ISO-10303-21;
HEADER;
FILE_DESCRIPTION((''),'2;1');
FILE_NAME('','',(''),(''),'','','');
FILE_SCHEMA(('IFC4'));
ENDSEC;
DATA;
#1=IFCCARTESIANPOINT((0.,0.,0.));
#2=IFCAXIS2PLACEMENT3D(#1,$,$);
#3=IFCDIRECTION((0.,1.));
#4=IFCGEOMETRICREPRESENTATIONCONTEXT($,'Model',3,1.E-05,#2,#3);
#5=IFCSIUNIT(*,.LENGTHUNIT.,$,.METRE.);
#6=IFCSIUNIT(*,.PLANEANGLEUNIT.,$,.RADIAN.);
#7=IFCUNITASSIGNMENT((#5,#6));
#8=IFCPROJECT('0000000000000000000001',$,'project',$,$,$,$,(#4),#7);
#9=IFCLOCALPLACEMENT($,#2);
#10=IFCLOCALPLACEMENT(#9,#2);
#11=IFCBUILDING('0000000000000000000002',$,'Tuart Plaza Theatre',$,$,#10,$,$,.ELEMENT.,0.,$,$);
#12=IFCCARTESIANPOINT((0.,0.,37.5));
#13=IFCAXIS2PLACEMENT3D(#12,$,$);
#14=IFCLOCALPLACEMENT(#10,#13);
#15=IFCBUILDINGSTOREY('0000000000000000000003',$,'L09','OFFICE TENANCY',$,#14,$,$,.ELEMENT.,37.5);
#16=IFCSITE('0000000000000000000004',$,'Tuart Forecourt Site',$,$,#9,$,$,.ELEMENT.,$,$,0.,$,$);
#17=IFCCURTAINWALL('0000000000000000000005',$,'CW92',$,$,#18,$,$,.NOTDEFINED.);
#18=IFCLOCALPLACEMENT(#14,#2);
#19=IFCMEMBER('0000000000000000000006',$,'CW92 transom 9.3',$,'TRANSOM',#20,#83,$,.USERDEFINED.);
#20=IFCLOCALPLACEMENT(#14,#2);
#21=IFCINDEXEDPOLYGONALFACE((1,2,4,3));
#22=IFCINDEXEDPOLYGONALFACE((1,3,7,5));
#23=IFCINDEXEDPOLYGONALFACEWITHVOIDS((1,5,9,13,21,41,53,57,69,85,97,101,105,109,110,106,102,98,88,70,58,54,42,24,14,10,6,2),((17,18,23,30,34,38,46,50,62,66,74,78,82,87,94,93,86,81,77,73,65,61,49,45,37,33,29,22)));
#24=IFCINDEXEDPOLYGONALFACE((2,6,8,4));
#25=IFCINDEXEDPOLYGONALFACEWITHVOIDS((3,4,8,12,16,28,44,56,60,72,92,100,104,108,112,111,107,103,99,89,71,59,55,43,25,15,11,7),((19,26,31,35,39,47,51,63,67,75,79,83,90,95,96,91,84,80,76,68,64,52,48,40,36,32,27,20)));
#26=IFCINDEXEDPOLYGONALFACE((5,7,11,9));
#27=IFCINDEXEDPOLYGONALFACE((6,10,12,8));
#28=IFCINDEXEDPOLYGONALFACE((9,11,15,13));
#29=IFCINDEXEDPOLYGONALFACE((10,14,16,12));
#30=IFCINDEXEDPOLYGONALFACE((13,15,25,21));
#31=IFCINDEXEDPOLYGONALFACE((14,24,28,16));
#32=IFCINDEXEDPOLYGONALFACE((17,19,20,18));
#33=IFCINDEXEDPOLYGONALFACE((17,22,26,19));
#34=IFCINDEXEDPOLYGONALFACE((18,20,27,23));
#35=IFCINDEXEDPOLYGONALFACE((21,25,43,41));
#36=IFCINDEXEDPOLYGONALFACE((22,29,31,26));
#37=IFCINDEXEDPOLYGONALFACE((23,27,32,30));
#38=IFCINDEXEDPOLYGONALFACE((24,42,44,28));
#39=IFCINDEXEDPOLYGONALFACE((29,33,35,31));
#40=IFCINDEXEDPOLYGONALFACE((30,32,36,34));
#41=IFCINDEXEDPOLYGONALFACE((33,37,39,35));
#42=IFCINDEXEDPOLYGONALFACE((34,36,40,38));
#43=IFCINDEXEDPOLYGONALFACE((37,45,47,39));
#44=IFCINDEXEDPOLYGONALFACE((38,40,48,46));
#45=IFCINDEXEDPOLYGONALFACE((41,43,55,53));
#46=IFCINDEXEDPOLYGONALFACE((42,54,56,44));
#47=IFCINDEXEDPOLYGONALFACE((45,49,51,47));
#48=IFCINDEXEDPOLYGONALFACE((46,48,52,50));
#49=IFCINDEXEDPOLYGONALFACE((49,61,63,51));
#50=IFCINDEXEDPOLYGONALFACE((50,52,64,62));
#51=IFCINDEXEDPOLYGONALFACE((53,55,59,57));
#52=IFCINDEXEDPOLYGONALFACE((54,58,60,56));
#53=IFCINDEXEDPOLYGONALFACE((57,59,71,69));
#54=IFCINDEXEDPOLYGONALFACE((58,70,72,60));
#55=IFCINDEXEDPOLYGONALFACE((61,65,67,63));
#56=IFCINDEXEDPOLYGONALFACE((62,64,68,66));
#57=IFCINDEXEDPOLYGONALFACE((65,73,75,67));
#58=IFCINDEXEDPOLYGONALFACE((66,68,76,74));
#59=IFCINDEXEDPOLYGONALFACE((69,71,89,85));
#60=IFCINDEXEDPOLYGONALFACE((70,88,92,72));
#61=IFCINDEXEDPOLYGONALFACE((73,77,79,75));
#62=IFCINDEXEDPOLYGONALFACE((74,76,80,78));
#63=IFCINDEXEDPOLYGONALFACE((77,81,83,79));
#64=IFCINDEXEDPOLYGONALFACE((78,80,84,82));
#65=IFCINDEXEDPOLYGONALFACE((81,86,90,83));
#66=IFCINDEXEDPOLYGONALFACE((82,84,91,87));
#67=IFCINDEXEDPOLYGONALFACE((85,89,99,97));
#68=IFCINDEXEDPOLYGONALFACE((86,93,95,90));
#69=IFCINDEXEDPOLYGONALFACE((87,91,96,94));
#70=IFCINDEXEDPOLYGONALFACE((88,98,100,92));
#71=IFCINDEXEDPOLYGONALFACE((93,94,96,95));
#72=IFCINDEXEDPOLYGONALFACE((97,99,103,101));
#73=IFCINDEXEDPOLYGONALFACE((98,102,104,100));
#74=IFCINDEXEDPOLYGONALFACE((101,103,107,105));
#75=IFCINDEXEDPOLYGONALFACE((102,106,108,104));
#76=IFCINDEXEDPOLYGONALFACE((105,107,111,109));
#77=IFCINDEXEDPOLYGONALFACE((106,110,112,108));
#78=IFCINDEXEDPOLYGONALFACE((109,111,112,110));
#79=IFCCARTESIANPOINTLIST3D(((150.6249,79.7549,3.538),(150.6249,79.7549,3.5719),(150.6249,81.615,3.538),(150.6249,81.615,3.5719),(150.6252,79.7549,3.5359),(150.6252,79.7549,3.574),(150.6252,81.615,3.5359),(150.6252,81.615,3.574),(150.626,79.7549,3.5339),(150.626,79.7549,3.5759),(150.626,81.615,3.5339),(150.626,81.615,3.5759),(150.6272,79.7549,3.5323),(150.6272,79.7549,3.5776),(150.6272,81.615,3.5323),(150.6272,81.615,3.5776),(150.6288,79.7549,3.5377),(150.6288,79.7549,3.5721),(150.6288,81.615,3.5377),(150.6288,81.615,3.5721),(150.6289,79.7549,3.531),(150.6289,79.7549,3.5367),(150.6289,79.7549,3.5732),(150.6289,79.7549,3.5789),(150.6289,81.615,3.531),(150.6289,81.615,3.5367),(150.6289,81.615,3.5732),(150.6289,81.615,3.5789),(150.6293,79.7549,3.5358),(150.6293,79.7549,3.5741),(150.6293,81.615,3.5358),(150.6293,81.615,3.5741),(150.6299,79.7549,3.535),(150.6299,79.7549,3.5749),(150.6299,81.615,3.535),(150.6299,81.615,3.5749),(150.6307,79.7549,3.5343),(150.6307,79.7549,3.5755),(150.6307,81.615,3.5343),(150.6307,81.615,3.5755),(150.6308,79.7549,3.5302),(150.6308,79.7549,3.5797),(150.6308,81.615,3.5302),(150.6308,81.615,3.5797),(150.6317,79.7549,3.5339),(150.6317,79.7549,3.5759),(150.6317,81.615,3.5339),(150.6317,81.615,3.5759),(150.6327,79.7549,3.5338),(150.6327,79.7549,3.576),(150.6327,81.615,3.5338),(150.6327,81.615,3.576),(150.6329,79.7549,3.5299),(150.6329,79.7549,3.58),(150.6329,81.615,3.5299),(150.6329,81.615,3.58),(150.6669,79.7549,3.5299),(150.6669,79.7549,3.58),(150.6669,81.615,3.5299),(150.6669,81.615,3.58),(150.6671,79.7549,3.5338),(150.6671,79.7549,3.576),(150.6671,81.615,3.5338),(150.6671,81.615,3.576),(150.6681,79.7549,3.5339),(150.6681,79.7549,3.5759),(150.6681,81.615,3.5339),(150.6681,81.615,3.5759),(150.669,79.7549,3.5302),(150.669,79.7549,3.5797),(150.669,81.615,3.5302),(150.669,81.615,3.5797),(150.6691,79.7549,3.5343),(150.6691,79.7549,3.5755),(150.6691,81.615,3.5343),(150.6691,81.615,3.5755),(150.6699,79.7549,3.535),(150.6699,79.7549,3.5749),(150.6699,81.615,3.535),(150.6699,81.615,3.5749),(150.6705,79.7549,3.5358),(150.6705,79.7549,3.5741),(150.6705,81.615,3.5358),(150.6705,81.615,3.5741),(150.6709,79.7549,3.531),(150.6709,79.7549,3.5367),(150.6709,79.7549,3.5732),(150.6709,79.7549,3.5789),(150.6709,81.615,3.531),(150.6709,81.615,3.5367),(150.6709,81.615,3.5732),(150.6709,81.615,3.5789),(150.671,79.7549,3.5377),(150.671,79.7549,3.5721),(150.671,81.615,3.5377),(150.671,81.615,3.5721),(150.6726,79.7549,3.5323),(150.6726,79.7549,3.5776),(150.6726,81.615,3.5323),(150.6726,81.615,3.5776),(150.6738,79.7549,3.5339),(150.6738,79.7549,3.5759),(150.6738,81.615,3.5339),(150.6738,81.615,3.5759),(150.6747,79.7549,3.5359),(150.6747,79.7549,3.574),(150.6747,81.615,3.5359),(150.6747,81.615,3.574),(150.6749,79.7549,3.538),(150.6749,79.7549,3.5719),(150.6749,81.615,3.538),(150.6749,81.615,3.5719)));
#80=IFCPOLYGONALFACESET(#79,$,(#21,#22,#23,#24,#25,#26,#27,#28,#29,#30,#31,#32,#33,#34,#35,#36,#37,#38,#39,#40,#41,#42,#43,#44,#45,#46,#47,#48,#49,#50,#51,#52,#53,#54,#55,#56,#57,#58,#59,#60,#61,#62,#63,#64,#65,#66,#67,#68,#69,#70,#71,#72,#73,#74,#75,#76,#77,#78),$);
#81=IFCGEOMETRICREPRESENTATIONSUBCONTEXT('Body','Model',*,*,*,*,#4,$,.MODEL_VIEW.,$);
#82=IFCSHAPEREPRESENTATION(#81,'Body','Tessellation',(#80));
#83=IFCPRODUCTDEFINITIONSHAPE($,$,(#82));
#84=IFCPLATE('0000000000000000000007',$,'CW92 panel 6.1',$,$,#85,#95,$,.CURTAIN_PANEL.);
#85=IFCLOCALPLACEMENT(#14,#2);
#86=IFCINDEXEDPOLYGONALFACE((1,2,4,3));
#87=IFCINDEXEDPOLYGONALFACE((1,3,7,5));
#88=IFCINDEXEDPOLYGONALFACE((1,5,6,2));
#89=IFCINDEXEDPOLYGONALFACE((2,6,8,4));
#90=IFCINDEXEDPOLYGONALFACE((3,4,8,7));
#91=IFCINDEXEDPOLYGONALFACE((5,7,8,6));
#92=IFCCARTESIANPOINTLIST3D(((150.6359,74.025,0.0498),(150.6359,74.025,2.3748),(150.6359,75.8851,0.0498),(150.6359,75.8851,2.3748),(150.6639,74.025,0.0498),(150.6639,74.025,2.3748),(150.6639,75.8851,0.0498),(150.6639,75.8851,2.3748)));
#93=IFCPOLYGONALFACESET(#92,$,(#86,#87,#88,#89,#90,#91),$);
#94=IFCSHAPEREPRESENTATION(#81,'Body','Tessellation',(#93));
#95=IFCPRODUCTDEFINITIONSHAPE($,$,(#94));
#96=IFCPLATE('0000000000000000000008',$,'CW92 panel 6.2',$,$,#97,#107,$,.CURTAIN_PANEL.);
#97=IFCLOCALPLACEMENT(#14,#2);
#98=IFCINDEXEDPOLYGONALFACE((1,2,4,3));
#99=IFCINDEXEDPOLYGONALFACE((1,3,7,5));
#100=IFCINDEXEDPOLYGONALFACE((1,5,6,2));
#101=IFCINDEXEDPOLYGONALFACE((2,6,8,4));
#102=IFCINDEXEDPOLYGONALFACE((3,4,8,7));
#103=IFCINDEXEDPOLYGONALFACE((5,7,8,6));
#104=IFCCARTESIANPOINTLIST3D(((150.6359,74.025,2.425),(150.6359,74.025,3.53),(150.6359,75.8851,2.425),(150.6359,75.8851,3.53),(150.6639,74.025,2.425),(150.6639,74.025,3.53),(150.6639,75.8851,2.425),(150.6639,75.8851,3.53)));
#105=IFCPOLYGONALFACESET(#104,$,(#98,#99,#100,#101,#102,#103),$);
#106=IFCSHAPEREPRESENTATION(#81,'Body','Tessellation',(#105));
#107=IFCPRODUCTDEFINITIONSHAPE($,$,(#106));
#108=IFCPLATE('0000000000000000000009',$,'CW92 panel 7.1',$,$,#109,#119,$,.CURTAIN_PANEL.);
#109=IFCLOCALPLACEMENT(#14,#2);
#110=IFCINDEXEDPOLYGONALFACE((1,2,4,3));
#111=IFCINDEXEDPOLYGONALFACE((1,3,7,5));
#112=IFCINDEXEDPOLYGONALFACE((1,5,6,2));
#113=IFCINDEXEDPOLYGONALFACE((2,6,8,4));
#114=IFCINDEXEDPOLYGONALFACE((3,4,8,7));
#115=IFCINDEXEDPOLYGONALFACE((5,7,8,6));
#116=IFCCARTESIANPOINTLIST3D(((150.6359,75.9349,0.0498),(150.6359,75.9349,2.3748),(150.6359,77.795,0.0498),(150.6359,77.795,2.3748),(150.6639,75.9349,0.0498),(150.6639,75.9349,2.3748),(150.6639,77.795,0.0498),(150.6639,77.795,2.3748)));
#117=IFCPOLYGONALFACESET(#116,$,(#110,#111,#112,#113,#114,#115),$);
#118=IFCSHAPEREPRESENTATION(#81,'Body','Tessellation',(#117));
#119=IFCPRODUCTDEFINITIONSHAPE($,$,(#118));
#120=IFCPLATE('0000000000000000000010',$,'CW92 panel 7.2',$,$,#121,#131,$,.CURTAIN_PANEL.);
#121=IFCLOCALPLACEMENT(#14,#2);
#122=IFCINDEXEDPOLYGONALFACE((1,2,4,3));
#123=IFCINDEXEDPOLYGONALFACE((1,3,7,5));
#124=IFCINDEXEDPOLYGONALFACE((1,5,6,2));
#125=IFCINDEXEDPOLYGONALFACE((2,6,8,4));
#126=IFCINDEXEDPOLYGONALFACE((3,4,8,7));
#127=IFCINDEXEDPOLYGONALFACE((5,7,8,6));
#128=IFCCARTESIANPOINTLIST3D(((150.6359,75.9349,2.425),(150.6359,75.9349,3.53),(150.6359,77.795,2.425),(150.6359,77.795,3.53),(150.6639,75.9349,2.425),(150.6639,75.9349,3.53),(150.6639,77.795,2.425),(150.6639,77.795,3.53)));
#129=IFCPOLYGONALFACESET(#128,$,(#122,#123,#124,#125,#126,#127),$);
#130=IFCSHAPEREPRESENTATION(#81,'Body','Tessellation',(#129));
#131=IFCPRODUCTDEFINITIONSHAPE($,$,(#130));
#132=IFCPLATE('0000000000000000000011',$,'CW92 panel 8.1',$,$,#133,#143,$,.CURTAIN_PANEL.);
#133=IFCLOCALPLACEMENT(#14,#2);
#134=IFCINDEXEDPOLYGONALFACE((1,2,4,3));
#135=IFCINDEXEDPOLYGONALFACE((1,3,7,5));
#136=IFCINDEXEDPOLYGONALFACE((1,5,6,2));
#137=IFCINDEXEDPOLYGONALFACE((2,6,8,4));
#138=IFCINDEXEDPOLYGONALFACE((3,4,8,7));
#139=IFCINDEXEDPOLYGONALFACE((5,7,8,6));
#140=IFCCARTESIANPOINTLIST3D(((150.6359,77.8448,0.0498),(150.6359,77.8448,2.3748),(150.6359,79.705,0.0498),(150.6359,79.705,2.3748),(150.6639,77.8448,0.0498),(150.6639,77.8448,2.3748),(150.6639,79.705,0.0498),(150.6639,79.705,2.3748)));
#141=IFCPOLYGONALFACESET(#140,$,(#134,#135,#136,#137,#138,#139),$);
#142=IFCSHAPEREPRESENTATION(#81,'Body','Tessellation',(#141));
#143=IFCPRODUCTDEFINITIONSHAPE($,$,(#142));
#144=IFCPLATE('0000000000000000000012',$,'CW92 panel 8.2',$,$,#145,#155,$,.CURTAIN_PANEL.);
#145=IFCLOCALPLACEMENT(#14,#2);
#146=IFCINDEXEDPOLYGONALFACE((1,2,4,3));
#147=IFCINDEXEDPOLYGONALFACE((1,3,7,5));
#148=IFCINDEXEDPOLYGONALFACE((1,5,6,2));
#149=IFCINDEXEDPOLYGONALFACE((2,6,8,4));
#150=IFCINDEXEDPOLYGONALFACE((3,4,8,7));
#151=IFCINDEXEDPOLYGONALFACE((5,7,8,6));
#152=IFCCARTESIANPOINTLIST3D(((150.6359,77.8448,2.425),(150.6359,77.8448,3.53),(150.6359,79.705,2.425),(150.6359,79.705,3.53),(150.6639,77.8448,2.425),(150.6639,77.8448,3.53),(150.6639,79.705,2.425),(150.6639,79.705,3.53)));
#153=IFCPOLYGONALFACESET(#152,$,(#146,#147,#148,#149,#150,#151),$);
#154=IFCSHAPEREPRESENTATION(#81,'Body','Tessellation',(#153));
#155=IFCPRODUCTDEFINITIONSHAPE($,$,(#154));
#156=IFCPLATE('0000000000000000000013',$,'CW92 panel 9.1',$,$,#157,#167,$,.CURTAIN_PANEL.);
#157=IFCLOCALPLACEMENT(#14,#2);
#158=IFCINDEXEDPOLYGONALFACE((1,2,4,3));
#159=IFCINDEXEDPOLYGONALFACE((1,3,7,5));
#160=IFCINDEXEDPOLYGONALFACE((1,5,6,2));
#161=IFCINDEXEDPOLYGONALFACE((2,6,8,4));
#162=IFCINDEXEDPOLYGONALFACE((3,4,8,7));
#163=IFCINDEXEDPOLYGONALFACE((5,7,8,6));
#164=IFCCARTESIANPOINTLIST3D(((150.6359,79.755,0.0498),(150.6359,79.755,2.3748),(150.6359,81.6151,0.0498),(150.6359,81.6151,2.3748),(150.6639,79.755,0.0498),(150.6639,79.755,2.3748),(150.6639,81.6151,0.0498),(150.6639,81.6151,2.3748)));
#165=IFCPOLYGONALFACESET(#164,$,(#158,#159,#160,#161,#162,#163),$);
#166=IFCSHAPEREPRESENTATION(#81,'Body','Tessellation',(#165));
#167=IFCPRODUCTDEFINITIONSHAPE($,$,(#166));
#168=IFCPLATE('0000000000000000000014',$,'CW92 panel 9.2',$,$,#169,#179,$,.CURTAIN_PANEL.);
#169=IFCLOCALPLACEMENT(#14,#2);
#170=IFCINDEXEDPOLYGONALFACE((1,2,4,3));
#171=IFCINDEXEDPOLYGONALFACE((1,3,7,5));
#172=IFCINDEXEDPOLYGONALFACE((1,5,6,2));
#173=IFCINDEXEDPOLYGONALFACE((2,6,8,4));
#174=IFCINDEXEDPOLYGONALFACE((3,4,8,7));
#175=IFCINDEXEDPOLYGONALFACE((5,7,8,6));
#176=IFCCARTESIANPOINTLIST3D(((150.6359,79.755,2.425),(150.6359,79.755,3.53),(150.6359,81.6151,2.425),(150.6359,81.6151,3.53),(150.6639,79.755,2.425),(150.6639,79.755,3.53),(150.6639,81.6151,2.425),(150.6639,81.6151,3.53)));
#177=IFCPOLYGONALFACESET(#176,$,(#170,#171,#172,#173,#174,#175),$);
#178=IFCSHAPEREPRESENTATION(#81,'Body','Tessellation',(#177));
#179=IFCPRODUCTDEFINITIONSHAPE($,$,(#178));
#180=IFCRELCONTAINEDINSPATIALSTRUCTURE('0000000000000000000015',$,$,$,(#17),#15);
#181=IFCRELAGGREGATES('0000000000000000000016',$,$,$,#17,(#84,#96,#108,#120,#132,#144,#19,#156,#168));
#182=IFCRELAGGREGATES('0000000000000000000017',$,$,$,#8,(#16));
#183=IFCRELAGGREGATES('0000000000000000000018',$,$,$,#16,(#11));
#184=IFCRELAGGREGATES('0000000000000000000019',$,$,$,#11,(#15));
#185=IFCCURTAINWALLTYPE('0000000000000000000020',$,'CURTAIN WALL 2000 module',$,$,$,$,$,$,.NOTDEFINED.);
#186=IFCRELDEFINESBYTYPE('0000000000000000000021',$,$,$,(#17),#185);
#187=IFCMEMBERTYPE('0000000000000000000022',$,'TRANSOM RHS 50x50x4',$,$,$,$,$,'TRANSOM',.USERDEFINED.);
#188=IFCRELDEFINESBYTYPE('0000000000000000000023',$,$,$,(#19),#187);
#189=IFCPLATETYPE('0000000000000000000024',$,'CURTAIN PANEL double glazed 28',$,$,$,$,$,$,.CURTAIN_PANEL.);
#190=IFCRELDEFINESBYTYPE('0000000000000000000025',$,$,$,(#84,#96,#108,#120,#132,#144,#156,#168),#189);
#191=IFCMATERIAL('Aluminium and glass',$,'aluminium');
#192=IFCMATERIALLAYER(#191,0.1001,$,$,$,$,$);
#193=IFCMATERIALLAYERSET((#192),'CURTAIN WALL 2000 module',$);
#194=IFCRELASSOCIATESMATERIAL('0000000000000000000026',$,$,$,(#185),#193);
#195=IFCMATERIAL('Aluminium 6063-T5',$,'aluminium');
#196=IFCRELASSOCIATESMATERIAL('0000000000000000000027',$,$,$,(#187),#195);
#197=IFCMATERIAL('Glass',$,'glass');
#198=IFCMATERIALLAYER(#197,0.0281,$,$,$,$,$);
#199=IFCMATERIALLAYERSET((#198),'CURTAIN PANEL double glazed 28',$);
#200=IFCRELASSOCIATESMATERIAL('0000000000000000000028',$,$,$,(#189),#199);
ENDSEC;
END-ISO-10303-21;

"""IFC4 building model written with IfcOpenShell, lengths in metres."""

from ifc_helpers import new_model, si_unit, direction, frame, origin, origin_2d, place, context, subcontext, project, spatial, rectangle, hollow_rectangle, extrude, material, layer, layer_set, material_profile, profile_set, type_object, element, aggregate, save


model = new_model("IFC4")

# Units and contexts
model_context = context("Model", 3, precision=1e-05, world=origin(), true_north=direction((0.0, 1.0)))
body_context = subcontext(model_context, "Body", "Model", "MODEL_VIEW")
ifc_project = project(units=[si_unit("LENGTHUNIT", "METRE"), si_unit("PLANEANGLEUNIT", "RADIAN")], contexts=[model_context])

# Site, building, storey
site_placement = place(None, origin())
site = spatial("IfcSite", under=ifc_project, at=site_placement, Name="Tuart Forecourt Site", CompositionType="ELEMENT", RefElevation=0.0)
building_placement = place(site_placement, origin())
building = spatial("IfcBuilding", under=site, at=building_placement, Name="Tuart Plaza Theatre", CompositionType="ELEMENT", ElevationOfRefHeight=0.0)
storey_placement = place(building_placement, frame((0.0, 0.0, 37.5)))
storey = spatial("IfcBuildingStorey", under=building, at=storey_placement, Name="L09", Description="OFFICE TENANCY", CompositionType="ELEMENT", Elevation=37.5)

# Curtain wall, member, plates
ifc_material_1 = material(Name="Aluminium and glass", Category="aluminium")
ifc_layer_1 = layer(ifc_material_1, 0.1001)
ifc_layer_set_1 = layer_set([ifc_layer_1], Name="CURTAIN WALL 2000 module")
curtain_wall_type = type_object("IfcCurtainWallType", Name="CURTAIN WALL 2000 module", PredefinedType="NOTDEFINED", material=ifc_layer_set_1)
curtain_wall_placement = place(storey_placement, origin())
curtain_wall = element("IfcCurtainWall", 1, at=curtain_wall_placement, inside=storey, type_object=curtain_wall_type, Name="CW92", PredefinedType="NOTDEFINED")
ifc_material_2 = material(Name="Aluminium 6063-T5", Category="aluminium")
ifc_material_profile_1 = material_profile(ifc_material_2, hollow_rectangle(XDim=0.05, YDim=0.05, WallThickness=0.0039, InnerFilletRadius=0.0039, OuterFilletRadius=0.0081, at=origin_2d()), Name="RHS 50x50x4")
ifc_profile_set_1 = profile_set([ifc_material_profile_1], Name="Aluminium 6063-T5")
member_type_1 = type_object("IfcMemberType", Name="TRANSOM RHS 50x50x4", ElementType="TRANSOM", PredefinedType="USERDEFINED", material=ifc_profile_set_1)
member_1_placement = place(storey_placement, frame((150.6499, 79.7549, 3.5549), z_axis=(0.0, 1.0, 0.0), x_axis=(-1.0, 0.0, 0.0)))
member_1 = element("IfcMember", 2, at=member_1_placement, type_object=member_type_1, Name="CW92 transom 9.3", ObjectType="TRANSOM", PredefinedType="USERDEFINED", context=body_context, shape_type="SweptSolid", body=[
    extrude(hollow_rectangle(XDim=0.05, YDim=0.05, WallThickness=0.0039, InnerFilletRadius=0.0039, OuterFilletRadius=0.0081, at=origin_2d()), origin(), (0.0, 0.0, 1.0), 1.8601),
])
ifc_material_3 = material(Name="Glass", Category="glass")
ifc_layer_2 = layer(ifc_material_3, 0.0281)
ifc_layer_set_2 = layer_set([ifc_layer_2], Name="CURTAIN PANEL double glazed 28")
plate_type = type_object("IfcPlateType", Name="CURTAIN PANEL double glazed 28", PredefinedType="CURTAIN_PANEL", material=ifc_layer_set_2)
plate_1_placement = place(storey_placement, frame((150.6499, 74.9551, 0.0498), z_axis=(0.0, 0.0, 1.0), x_axis=(0.0, 1.0, 0.0)))
plate_1 = element("IfcPlate", 3, at=plate_1_placement, type_object=plate_type, Name="CW92 panel 6.1", PredefinedType="CURTAIN_PANEL", context=body_context, shape_type="SweptSolid", body=[
    extrude(rectangle(XDim=1.8601, YDim=0.0281, at=origin_2d()), origin(), (0.0, 0.0, 1.0), 2.325),
])
plate_2_placement = place(storey_placement, frame((150.6499, 74.9551, 2.425), z_axis=(0.0, 0.0, 1.0), x_axis=(0.0, 1.0, 0.0)))
plate_2 = element("IfcPlate", 4, at=plate_2_placement, type_object=plate_type, Name="CW92 panel 6.2", PredefinedType="CURTAIN_PANEL", context=body_context, shape_type="SweptSolid", body=[
    extrude(rectangle(XDim=1.8601, YDim=0.0281, at=origin_2d()), origin(), (0.0, 0.0, 1.0), 1.105),
])
plate_3_placement = place(storey_placement, frame((150.6499, 76.865, 0.0498), z_axis=(0.0, 0.0, 1.0), x_axis=(0.0, 1.0, 0.0)))
plate_3 = element("IfcPlate", 5, at=plate_3_placement, type_object=plate_type, Name="CW92 panel 7.1", PredefinedType="CURTAIN_PANEL", context=body_context, shape_type="SweptSolid", body=[
    extrude(rectangle(XDim=1.8601, YDim=0.0281, at=origin_2d()), origin(), (0.0, 0.0, 1.0), 2.325),
])
plate_4_placement = place(storey_placement, frame((150.6499, 76.865, 2.425), z_axis=(0.0, 0.0, 1.0), x_axis=(0.0, 1.0, 0.0)))
plate_4 = element("IfcPlate", 6, at=plate_4_placement, type_object=plate_type, Name="CW92 panel 7.2", PredefinedType="CURTAIN_PANEL", context=body_context, shape_type="SweptSolid", body=[
    extrude(rectangle(XDim=1.8601, YDim=0.0281, at=origin_2d()), origin(), (0.0, 0.0, 1.0), 1.105),
])
plate_5_placement = place(storey_placement, frame((150.6499, 78.7749, 0.0498), z_axis=(0.0, 0.0, 1.0), x_axis=(0.0, 1.0, 0.0)))
plate_5 = element("IfcPlate", 7, at=plate_5_placement, type_object=plate_type, Name="CW92 panel 8.1", PredefinedType="CURTAIN_PANEL", context=body_context, shape_type="SweptSolid", body=[
    extrude(rectangle(XDim=1.8601, YDim=0.0281, at=origin_2d()), origin(), (0.0, 0.0, 1.0), 2.325),
])
plate_6_placement = place(storey_placement, frame((150.6499, 78.7749, 2.425), z_axis=(0.0, 0.0, 1.0), x_axis=(0.0, 1.0, 0.0)))
plate_6 = element("IfcPlate", 8, at=plate_6_placement, type_object=plate_type, Name="CW92 panel 8.2", PredefinedType="CURTAIN_PANEL", context=body_context, shape_type="SweptSolid", body=[
    extrude(rectangle(XDim=1.8601, YDim=0.0281, at=origin_2d()), origin(), (0.0, 0.0, 1.0), 1.105),
])
plate_7_placement = place(storey_placement, frame((150.6499, 80.6851, 0.0498), z_axis=(0.0, 0.0, 1.0), x_axis=(0.0, 1.0, 0.0)))
plate_7 = element("IfcPlate", 9, at=plate_7_placement, type_object=plate_type, Name="CW92 panel 9.1", PredefinedType="CURTAIN_PANEL", context=body_context, shape_type="SweptSolid", body=[
    extrude(rectangle(XDim=1.8601, YDim=0.0281, at=origin_2d()), origin(), (0.0, 0.0, 1.0), 2.325),
])
plate_8_placement = place(storey_placement, frame((150.6499, 80.6851, 2.425), z_axis=(0.0, 0.0, 1.0), x_axis=(0.0, 1.0, 0.0)))
plate_8 = element("IfcPlate", 10, at=plate_8_placement, type_object=plate_type, Name="CW92 panel 9.2", PredefinedType="CURTAIN_PANEL", context=body_context, shape_type="SweptSolid", body=[
    extrude(rectangle(XDim=1.8601, YDim=0.0281, at=origin_2d()), origin(), (0.0, 0.0, 1.0), 1.105),
])
aggregate(curtain_wall, [plate_1, plate_2, plate_3, plate_4, plate_5, plate_6, member_1, plate_7, plate_8])

save(model, "model.ifc")
